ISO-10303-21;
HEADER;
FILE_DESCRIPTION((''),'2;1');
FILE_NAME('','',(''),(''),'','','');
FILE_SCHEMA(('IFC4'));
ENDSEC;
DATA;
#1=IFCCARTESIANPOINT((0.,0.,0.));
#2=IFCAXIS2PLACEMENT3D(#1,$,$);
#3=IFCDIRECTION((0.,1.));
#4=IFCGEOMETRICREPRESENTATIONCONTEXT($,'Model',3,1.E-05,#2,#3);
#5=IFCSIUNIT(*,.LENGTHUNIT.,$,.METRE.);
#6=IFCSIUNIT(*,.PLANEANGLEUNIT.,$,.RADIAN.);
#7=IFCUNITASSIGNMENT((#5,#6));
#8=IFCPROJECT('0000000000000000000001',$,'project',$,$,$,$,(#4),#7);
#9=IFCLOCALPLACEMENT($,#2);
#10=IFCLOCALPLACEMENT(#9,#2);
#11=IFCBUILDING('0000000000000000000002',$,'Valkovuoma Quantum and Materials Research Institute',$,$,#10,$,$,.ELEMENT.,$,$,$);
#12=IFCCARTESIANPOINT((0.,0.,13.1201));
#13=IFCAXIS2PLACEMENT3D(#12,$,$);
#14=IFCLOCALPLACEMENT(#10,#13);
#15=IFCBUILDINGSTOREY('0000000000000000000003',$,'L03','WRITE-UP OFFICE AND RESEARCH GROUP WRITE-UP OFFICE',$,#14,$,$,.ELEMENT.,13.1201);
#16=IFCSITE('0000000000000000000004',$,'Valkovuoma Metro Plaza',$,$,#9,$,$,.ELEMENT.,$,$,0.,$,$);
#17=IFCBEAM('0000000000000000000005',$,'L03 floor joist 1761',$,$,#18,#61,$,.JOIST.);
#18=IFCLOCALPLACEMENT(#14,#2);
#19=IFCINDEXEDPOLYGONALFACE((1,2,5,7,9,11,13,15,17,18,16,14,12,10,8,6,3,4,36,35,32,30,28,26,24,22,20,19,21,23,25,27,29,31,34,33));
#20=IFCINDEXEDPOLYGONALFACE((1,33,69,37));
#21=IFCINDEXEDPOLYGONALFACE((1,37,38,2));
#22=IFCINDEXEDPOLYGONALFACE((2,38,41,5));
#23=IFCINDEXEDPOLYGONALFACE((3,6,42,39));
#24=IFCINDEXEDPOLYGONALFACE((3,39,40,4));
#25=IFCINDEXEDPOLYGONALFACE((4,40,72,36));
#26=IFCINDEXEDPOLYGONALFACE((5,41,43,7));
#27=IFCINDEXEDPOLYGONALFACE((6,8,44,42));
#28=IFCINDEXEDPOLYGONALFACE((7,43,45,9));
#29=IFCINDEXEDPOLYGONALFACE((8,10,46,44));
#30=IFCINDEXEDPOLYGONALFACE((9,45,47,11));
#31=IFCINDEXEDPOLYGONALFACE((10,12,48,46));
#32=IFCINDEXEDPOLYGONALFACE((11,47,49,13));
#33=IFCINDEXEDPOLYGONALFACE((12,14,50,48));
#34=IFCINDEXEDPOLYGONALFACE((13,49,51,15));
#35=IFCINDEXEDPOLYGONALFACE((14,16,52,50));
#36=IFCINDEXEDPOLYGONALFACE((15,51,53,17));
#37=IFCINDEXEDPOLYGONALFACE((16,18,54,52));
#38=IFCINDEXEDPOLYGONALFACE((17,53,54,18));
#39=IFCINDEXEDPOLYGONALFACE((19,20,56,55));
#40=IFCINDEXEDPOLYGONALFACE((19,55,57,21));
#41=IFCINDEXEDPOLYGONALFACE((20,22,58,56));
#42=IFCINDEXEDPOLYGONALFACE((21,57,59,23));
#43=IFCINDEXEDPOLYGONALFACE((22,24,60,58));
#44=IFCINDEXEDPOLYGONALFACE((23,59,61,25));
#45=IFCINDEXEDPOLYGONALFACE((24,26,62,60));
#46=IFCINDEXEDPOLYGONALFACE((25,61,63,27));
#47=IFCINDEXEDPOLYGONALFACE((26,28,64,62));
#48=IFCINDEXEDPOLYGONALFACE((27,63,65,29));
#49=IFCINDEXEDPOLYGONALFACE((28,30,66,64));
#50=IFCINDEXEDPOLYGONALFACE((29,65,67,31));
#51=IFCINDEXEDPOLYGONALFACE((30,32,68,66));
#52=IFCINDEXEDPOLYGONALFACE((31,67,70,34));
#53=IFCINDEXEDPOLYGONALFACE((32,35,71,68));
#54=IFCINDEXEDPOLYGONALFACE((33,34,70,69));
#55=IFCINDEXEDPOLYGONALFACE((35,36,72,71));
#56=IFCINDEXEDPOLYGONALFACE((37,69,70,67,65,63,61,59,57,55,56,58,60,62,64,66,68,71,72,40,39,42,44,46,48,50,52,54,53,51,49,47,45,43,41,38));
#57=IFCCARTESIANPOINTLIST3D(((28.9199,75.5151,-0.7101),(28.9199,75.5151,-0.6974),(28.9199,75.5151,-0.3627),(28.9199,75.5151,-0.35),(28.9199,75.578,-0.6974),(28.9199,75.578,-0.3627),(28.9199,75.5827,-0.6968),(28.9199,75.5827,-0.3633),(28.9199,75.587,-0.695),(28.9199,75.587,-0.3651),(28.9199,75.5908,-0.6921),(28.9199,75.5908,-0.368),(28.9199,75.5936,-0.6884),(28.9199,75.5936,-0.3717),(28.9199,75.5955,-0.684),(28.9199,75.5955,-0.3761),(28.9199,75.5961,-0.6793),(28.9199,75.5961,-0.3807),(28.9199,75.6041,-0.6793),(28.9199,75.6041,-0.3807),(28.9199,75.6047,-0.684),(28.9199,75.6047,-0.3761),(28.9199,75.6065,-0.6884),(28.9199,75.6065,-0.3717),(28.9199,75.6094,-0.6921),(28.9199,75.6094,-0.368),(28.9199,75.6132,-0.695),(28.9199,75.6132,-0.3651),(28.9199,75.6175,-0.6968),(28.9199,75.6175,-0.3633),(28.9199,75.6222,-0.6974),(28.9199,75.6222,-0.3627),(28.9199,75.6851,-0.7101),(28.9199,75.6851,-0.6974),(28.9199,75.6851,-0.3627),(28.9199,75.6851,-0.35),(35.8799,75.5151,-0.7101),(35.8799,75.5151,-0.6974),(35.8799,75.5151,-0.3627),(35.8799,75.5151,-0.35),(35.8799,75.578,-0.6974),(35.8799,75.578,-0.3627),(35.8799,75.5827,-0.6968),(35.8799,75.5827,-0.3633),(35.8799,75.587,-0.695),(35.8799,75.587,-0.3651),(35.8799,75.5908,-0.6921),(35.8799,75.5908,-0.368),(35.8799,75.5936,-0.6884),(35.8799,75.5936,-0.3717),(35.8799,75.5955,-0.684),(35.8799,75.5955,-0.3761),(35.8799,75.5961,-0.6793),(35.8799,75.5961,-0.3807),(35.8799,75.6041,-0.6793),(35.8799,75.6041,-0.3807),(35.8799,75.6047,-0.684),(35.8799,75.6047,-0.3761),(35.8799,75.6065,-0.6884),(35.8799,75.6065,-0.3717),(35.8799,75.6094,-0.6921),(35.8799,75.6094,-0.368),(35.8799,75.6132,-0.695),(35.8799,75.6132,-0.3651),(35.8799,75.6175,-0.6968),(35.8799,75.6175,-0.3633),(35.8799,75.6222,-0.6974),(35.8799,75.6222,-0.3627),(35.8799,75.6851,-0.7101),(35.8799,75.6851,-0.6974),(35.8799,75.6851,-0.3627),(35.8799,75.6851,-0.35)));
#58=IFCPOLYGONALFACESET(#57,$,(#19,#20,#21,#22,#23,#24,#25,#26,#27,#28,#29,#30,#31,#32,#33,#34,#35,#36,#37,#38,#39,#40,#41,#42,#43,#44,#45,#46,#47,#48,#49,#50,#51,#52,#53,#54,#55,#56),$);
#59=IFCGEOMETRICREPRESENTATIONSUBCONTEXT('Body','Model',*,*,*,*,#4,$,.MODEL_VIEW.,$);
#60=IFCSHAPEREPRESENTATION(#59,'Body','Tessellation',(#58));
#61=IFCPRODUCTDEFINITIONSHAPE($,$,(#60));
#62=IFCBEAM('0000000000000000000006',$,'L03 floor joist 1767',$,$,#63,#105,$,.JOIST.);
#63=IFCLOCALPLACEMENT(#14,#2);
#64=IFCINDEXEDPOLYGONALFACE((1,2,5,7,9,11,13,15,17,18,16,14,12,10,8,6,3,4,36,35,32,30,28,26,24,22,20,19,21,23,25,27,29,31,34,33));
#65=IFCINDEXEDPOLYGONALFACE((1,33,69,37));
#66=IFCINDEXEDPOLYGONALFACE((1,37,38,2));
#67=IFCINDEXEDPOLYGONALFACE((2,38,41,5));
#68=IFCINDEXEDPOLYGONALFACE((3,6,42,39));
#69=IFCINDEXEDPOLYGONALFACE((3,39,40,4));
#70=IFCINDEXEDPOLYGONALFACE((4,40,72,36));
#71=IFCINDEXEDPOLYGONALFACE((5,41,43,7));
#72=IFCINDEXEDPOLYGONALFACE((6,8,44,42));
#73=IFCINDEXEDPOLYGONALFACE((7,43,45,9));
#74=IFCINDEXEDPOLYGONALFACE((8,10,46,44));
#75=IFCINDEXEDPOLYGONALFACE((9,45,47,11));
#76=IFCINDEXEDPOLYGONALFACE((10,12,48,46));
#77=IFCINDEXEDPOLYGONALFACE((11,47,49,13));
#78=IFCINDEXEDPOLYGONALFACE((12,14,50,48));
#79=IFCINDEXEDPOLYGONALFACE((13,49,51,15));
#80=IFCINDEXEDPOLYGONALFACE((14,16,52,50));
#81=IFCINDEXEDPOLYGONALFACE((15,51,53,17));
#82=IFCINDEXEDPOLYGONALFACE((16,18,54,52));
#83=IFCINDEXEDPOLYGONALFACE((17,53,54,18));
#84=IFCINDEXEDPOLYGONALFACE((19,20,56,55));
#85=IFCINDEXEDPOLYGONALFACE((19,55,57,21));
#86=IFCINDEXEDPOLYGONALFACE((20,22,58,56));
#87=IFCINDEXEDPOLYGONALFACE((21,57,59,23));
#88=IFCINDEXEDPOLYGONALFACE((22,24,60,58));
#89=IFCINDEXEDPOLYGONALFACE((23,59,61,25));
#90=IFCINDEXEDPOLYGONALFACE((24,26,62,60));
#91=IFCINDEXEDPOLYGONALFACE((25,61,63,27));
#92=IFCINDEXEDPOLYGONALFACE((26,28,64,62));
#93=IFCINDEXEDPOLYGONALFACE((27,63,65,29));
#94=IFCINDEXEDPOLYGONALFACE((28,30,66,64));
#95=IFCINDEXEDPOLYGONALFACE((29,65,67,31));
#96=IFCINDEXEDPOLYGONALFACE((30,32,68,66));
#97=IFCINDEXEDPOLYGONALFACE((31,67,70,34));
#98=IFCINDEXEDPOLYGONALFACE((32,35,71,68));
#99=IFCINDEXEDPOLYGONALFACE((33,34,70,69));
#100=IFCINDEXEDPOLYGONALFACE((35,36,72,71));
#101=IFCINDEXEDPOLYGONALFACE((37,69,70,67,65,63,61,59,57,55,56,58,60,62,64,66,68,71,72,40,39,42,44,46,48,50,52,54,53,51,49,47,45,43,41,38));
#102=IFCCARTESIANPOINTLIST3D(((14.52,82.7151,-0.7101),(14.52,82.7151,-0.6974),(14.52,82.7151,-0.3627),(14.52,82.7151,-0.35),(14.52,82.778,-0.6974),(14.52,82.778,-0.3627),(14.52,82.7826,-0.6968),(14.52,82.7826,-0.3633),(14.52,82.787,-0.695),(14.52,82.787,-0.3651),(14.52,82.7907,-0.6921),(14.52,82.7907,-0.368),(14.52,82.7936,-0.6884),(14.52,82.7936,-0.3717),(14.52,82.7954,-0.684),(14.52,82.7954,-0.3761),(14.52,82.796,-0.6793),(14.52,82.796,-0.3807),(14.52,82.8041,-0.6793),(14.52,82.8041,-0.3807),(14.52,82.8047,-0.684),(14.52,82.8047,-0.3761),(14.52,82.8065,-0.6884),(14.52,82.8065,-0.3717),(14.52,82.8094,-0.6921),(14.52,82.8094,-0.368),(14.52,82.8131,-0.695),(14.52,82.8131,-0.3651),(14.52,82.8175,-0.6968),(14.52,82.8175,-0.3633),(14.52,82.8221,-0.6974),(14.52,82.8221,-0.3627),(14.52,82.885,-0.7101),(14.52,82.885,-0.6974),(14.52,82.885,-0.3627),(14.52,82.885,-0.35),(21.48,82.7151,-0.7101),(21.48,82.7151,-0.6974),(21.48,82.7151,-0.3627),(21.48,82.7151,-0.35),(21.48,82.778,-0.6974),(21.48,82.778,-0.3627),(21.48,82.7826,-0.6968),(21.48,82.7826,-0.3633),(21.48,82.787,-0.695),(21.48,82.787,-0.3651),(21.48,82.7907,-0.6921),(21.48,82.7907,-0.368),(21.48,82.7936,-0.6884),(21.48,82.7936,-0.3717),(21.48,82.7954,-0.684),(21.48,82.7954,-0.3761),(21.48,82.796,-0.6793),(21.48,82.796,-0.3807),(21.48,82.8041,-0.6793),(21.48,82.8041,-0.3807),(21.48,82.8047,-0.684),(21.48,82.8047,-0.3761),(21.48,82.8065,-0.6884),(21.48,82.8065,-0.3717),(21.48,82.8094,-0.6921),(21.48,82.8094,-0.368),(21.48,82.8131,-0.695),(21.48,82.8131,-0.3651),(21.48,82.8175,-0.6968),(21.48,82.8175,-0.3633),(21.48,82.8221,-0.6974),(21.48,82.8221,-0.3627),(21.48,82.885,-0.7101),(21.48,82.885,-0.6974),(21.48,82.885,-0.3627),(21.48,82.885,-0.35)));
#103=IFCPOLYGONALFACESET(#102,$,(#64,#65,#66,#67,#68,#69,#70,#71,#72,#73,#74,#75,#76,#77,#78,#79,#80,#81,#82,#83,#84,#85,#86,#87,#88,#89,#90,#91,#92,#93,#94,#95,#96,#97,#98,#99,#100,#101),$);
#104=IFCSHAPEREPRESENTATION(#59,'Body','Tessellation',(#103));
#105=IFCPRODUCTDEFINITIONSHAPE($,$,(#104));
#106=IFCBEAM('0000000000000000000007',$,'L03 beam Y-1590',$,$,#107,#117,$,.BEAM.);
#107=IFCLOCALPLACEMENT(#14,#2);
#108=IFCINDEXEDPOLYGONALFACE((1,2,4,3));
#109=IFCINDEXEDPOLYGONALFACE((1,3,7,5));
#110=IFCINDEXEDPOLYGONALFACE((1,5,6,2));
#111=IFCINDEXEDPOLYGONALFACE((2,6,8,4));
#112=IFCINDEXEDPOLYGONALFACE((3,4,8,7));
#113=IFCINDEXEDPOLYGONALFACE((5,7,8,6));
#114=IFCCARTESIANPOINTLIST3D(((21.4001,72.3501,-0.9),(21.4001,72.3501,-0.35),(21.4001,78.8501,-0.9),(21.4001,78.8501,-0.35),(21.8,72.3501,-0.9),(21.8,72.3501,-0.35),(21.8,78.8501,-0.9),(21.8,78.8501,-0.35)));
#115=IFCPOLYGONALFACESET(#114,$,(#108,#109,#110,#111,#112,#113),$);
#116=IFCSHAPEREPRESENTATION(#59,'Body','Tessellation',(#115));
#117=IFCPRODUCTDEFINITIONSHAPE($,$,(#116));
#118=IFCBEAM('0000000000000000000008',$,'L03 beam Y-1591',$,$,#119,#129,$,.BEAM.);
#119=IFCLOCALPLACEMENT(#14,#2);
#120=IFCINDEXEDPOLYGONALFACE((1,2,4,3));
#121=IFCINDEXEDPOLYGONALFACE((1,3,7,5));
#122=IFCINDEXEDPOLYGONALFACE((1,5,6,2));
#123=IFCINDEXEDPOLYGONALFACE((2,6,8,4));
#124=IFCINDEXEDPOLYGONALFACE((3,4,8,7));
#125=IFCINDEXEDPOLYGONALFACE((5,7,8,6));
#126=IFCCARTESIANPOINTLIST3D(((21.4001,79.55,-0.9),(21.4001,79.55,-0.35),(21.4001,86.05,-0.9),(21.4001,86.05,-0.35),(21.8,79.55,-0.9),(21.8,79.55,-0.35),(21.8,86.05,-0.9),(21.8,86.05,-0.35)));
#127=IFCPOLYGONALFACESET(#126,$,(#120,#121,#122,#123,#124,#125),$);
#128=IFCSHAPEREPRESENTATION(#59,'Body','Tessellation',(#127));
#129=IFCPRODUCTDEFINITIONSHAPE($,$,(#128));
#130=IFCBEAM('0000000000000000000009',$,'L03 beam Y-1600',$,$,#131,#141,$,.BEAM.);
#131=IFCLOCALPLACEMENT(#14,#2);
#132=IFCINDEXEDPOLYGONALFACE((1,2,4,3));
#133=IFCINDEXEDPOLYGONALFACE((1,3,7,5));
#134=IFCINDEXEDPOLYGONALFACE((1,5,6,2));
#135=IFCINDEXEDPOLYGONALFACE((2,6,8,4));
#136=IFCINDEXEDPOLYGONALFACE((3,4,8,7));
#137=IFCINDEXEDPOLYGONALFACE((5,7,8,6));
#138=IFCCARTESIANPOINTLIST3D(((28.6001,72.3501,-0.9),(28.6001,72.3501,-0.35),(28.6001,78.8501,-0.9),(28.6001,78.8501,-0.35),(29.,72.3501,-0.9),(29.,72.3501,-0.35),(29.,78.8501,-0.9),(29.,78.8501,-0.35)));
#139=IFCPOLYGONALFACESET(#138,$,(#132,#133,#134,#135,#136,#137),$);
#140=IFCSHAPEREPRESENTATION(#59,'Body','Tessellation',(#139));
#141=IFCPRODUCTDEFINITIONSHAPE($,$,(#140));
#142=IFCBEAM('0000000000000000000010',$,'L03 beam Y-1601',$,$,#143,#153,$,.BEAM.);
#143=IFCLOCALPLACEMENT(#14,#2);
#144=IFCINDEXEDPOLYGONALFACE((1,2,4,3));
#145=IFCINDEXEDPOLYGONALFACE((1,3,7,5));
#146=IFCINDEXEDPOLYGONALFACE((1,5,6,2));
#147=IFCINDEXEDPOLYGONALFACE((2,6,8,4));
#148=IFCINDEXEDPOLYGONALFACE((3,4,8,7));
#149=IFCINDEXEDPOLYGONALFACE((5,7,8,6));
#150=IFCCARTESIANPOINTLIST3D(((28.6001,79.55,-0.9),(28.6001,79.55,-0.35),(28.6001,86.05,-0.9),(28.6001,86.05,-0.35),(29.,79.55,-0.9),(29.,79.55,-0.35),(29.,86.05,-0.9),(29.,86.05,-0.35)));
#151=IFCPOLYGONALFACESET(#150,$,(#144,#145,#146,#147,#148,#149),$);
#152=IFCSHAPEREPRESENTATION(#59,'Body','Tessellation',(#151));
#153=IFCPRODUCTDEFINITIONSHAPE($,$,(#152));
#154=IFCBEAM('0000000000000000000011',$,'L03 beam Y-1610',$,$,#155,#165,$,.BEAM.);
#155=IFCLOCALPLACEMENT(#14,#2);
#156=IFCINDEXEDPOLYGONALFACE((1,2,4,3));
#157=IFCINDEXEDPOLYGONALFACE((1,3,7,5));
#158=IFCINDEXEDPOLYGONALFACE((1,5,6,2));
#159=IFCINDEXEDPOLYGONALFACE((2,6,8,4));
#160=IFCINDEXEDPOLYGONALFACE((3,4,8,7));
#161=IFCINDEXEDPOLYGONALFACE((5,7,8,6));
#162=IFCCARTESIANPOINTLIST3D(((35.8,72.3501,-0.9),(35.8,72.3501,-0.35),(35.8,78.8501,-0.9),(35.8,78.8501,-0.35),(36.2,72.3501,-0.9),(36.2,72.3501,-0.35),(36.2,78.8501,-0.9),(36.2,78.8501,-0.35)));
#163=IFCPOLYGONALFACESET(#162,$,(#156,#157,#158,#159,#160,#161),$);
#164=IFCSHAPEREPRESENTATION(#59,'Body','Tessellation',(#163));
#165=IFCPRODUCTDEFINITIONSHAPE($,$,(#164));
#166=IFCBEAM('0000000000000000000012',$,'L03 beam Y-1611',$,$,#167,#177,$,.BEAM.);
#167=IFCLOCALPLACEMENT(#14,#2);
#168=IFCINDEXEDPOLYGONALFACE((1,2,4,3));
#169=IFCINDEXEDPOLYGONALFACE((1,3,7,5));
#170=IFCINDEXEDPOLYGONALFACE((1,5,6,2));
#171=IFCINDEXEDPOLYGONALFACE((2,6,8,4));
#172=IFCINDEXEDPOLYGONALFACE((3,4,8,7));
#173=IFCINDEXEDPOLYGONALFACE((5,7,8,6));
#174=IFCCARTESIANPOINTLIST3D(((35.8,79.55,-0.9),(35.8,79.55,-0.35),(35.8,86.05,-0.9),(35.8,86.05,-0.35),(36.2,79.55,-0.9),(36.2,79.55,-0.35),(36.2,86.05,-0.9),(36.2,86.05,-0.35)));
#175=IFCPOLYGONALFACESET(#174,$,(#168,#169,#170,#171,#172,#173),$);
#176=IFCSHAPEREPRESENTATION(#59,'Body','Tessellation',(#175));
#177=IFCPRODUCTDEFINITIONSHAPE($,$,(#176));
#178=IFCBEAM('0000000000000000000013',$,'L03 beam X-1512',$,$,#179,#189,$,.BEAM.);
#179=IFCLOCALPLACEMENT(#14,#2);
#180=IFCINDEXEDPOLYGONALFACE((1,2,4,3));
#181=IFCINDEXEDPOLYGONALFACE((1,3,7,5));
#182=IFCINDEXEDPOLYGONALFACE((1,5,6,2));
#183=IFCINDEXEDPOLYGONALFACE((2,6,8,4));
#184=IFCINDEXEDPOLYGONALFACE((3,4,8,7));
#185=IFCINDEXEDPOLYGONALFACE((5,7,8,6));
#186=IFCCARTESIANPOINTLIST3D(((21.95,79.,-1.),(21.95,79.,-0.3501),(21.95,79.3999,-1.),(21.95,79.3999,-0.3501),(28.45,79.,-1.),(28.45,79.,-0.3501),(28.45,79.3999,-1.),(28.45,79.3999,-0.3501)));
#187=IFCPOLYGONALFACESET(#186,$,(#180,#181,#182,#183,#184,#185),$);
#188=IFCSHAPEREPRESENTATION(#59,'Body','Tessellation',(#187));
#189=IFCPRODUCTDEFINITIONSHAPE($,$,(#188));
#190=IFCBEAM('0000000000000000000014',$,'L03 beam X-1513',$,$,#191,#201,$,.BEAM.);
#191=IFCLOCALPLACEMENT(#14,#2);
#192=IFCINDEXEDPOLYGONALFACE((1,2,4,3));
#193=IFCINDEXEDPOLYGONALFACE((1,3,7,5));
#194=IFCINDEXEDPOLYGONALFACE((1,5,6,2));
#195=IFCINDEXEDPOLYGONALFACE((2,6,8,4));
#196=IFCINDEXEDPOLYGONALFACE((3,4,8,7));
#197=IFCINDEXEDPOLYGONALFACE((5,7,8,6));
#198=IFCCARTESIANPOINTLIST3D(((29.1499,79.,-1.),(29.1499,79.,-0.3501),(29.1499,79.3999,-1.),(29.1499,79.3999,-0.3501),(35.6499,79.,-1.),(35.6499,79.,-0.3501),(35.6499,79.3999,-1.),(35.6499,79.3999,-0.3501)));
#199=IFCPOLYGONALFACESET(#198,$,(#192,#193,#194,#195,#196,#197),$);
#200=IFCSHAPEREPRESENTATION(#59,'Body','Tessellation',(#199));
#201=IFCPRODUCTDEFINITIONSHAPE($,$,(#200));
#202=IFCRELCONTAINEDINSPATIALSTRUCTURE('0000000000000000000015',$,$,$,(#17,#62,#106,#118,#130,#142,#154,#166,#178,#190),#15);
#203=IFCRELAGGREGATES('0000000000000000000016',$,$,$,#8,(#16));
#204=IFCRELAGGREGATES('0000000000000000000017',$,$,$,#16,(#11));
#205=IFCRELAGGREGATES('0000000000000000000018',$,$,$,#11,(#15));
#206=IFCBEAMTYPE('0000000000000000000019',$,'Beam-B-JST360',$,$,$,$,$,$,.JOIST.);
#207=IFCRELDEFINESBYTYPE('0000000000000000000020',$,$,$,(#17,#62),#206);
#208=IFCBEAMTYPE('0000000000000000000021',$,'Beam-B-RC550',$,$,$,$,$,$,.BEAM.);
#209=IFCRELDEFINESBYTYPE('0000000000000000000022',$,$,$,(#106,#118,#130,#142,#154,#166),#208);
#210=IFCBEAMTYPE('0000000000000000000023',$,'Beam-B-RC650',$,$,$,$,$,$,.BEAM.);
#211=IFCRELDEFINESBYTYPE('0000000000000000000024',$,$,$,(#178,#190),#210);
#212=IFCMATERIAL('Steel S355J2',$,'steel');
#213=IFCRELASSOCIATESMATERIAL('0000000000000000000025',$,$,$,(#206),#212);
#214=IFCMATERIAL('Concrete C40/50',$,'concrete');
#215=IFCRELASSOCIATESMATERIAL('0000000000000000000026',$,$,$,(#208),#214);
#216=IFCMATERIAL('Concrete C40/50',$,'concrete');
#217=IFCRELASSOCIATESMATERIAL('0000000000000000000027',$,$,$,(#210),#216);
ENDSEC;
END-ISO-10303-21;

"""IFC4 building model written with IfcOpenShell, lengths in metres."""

from ifc_helpers import new_model, si_unit, direction, frame, origin, origin_2d, place, context, subcontext, project, spatial, rectangle, i_section, extrude, material, material_profile, profile_set, type_object, element, save


model = new_model("IFC4")

# Units and contexts
model_context = context("Model", 3, precision=1e-05, world=origin(), true_north=direction((0.0, 1.0)))
body_context = subcontext(model_context, "Body", "Model", "MODEL_VIEW")
ifc_project = project(units=[si_unit("LENGTHUNIT", "METRE"), si_unit("PLANEANGLEUNIT", "RADIAN")], contexts=[model_context])

# Site, building, storey
site_placement = place(None, origin())
site = spatial("IfcSite", under=ifc_project, at=site_placement, Name="Valkovuoma Metro Plaza", CompositionType="ELEMENT", RefElevation=0.0)
building_placement = place(site_placement, origin())
building = spatial("IfcBuilding", under=site, at=building_placement, Name="Valkovuoma Quantum and Materials Research Institute", CompositionType="ELEMENT")
storey_placement = place(building_placement, frame((0.0, 0.0, 13.1201)))
storey = spatial("IfcBuildingStorey", under=building, at=storey_placement, Name="L03", Description="WRITE-UP OFFICE AND RESEARCH GROUP WRITE-UP OFFICE", CompositionType="ELEMENT", Elevation=13.1201)

# Beams
ifc_material_1 = material(Name="Steel S355J2", Category="steel")
ifc_material_profile_1 = material_profile(ifc_material_1, i_section(OverallWidth=0.1699, OverallDepth=0.3601, WebThickness=0.0081, FlangeThickness=0.0127, FilletRadius=0.0181, at=origin_2d()), Name="Steel S355J2")
ifc_profile_set_1 = profile_set([ifc_material_profile_1], Name="Steel S355J2")
beam_type_1 = type_object("IfcBeamType", Name="Beam-B-JST360", PredefinedType="JOIST", material=ifc_profile_set_1)
for number, where, z_axis, x_axis, name in (
    (1, (28.9199, 75.6001, -0.53), (1.0, 0.0, 0.0), (0.0, 1.0, 0.0), "L03 floor joist 1761"),
    (2, (14.52, 82.8, -0.53), (1.0, 0.0, 0.0), (0.0, 1.0, 0.0), "L03 floor joist 1767"),
):
    element("IfcBeam", number, at=place(storey_placement, frame(where, z_axis=z_axis, x_axis=x_axis)), inside=storey, type_object=beam_type_1, Name=name, PredefinedType="JOIST", context=body_context, shape_type="SweptSolid", body=[
        extrude(i_section(OverallWidth=0.1699, OverallDepth=0.3601, WebThickness=0.0081, FlangeThickness=0.0127, FilletRadius=0.0181, at=origin_2d()), origin(), (0.0, 0.0, 1.0), 6.96),
    ])
ifc_material_2 = material(Name="Concrete C40/50", Category="concrete")
ifc_material_profile_2 = material_profile(ifc_material_2, rectangle(XDim=0.3999, YDim=0.55, at=origin_2d()), Name="Concrete C40/50")
ifc_profile_set_2 = profile_set([ifc_material_profile_2], Name="Concrete C40/50")
beam_type_2 = type_object("IfcBeamType", Name="Beam-B-RC550", PredefinedType="BEAM", material=ifc_profile_set_2)
for number, where, z_axis, x_axis, name in (
    (3, (21.6001, 72.3501, -0.625), (0.0, 1.0, 0.0), (-1.0, 0.0, 0.0), "L03 beam Y-1590"),
    (4, (21.6001, 79.55, -0.625), (0.0, 1.0, 0.0), (-1.0, 0.0, 0.0), "L03 beam Y-1591"),
    (5, (28.8, 72.3501, -0.625), (0.0, 1.0, 0.0), (-1.0, 0.0, 0.0), "L03 beam Y-1600"),
    (6, (28.8, 79.55, -0.625), (0.0, 1.0, 0.0), (-1.0, 0.0, 0.0), "L03 beam Y-1601"),
    (7, (36.0, 72.3501, -0.625), (0.0, 1.0, 0.0), (-1.0, 0.0, 0.0), "L03 beam Y-1610"),
    (8, (36.0, 79.55, -0.625), (0.0, 1.0, 0.0), (-1.0, 0.0, 0.0), "L03 beam Y-1611"),
):
    element("IfcBeam", number, at=place(storey_placement, frame(where, z_axis=z_axis, x_axis=x_axis)), inside=storey, type_object=beam_type_2, Name=name, PredefinedType="BEAM", context=body_context, shape_type="SweptSolid", body=[
        extrude(rectangle(XDim=0.3999, YDim=0.55, at=origin_2d()), origin(), (0.0, 0.0, 1.0), 6.5),
    ])
ifc_material_3 = material(Name="Concrete C40/50", Category="concrete")
ifc_material_profile_3 = material_profile(ifc_material_3, rectangle(XDim=0.3999, YDim=0.6499, at=origin_2d()), Name="Concrete C40/50")
ifc_profile_set_3 = profile_set([ifc_material_profile_3], Name="Concrete C40/50")
beam_type_3 = type_object("IfcBeamType", Name="Beam-B-RC650", PredefinedType="BEAM", material=ifc_profile_set_3)
for number, where, z_axis, x_axis, name in (
    (9, (21.95, 79.2, -0.675), (1.0, 0.0, 0.0), (0.0, 1.0, 0.0), "L03 beam X-1512"),
    (10, (29.1499, 79.2, -0.675), (1.0, 0.0, 0.0), (0.0, 1.0, 0.0), "L03 beam X-1513"),
):
    element("IfcBeam", number, at=place(storey_placement, frame(where, z_axis=z_axis, x_axis=x_axis)), inside=storey, type_object=beam_type_3, Name=name, PredefinedType="BEAM", context=body_context, shape_type="SweptSolid", body=[
        extrude(rectangle(XDim=0.3999, YDim=0.6499, at=origin_2d()), origin(), (0.0, 0.0, 1.0), 6.5),
    ])

save(model, "model.ifc")
